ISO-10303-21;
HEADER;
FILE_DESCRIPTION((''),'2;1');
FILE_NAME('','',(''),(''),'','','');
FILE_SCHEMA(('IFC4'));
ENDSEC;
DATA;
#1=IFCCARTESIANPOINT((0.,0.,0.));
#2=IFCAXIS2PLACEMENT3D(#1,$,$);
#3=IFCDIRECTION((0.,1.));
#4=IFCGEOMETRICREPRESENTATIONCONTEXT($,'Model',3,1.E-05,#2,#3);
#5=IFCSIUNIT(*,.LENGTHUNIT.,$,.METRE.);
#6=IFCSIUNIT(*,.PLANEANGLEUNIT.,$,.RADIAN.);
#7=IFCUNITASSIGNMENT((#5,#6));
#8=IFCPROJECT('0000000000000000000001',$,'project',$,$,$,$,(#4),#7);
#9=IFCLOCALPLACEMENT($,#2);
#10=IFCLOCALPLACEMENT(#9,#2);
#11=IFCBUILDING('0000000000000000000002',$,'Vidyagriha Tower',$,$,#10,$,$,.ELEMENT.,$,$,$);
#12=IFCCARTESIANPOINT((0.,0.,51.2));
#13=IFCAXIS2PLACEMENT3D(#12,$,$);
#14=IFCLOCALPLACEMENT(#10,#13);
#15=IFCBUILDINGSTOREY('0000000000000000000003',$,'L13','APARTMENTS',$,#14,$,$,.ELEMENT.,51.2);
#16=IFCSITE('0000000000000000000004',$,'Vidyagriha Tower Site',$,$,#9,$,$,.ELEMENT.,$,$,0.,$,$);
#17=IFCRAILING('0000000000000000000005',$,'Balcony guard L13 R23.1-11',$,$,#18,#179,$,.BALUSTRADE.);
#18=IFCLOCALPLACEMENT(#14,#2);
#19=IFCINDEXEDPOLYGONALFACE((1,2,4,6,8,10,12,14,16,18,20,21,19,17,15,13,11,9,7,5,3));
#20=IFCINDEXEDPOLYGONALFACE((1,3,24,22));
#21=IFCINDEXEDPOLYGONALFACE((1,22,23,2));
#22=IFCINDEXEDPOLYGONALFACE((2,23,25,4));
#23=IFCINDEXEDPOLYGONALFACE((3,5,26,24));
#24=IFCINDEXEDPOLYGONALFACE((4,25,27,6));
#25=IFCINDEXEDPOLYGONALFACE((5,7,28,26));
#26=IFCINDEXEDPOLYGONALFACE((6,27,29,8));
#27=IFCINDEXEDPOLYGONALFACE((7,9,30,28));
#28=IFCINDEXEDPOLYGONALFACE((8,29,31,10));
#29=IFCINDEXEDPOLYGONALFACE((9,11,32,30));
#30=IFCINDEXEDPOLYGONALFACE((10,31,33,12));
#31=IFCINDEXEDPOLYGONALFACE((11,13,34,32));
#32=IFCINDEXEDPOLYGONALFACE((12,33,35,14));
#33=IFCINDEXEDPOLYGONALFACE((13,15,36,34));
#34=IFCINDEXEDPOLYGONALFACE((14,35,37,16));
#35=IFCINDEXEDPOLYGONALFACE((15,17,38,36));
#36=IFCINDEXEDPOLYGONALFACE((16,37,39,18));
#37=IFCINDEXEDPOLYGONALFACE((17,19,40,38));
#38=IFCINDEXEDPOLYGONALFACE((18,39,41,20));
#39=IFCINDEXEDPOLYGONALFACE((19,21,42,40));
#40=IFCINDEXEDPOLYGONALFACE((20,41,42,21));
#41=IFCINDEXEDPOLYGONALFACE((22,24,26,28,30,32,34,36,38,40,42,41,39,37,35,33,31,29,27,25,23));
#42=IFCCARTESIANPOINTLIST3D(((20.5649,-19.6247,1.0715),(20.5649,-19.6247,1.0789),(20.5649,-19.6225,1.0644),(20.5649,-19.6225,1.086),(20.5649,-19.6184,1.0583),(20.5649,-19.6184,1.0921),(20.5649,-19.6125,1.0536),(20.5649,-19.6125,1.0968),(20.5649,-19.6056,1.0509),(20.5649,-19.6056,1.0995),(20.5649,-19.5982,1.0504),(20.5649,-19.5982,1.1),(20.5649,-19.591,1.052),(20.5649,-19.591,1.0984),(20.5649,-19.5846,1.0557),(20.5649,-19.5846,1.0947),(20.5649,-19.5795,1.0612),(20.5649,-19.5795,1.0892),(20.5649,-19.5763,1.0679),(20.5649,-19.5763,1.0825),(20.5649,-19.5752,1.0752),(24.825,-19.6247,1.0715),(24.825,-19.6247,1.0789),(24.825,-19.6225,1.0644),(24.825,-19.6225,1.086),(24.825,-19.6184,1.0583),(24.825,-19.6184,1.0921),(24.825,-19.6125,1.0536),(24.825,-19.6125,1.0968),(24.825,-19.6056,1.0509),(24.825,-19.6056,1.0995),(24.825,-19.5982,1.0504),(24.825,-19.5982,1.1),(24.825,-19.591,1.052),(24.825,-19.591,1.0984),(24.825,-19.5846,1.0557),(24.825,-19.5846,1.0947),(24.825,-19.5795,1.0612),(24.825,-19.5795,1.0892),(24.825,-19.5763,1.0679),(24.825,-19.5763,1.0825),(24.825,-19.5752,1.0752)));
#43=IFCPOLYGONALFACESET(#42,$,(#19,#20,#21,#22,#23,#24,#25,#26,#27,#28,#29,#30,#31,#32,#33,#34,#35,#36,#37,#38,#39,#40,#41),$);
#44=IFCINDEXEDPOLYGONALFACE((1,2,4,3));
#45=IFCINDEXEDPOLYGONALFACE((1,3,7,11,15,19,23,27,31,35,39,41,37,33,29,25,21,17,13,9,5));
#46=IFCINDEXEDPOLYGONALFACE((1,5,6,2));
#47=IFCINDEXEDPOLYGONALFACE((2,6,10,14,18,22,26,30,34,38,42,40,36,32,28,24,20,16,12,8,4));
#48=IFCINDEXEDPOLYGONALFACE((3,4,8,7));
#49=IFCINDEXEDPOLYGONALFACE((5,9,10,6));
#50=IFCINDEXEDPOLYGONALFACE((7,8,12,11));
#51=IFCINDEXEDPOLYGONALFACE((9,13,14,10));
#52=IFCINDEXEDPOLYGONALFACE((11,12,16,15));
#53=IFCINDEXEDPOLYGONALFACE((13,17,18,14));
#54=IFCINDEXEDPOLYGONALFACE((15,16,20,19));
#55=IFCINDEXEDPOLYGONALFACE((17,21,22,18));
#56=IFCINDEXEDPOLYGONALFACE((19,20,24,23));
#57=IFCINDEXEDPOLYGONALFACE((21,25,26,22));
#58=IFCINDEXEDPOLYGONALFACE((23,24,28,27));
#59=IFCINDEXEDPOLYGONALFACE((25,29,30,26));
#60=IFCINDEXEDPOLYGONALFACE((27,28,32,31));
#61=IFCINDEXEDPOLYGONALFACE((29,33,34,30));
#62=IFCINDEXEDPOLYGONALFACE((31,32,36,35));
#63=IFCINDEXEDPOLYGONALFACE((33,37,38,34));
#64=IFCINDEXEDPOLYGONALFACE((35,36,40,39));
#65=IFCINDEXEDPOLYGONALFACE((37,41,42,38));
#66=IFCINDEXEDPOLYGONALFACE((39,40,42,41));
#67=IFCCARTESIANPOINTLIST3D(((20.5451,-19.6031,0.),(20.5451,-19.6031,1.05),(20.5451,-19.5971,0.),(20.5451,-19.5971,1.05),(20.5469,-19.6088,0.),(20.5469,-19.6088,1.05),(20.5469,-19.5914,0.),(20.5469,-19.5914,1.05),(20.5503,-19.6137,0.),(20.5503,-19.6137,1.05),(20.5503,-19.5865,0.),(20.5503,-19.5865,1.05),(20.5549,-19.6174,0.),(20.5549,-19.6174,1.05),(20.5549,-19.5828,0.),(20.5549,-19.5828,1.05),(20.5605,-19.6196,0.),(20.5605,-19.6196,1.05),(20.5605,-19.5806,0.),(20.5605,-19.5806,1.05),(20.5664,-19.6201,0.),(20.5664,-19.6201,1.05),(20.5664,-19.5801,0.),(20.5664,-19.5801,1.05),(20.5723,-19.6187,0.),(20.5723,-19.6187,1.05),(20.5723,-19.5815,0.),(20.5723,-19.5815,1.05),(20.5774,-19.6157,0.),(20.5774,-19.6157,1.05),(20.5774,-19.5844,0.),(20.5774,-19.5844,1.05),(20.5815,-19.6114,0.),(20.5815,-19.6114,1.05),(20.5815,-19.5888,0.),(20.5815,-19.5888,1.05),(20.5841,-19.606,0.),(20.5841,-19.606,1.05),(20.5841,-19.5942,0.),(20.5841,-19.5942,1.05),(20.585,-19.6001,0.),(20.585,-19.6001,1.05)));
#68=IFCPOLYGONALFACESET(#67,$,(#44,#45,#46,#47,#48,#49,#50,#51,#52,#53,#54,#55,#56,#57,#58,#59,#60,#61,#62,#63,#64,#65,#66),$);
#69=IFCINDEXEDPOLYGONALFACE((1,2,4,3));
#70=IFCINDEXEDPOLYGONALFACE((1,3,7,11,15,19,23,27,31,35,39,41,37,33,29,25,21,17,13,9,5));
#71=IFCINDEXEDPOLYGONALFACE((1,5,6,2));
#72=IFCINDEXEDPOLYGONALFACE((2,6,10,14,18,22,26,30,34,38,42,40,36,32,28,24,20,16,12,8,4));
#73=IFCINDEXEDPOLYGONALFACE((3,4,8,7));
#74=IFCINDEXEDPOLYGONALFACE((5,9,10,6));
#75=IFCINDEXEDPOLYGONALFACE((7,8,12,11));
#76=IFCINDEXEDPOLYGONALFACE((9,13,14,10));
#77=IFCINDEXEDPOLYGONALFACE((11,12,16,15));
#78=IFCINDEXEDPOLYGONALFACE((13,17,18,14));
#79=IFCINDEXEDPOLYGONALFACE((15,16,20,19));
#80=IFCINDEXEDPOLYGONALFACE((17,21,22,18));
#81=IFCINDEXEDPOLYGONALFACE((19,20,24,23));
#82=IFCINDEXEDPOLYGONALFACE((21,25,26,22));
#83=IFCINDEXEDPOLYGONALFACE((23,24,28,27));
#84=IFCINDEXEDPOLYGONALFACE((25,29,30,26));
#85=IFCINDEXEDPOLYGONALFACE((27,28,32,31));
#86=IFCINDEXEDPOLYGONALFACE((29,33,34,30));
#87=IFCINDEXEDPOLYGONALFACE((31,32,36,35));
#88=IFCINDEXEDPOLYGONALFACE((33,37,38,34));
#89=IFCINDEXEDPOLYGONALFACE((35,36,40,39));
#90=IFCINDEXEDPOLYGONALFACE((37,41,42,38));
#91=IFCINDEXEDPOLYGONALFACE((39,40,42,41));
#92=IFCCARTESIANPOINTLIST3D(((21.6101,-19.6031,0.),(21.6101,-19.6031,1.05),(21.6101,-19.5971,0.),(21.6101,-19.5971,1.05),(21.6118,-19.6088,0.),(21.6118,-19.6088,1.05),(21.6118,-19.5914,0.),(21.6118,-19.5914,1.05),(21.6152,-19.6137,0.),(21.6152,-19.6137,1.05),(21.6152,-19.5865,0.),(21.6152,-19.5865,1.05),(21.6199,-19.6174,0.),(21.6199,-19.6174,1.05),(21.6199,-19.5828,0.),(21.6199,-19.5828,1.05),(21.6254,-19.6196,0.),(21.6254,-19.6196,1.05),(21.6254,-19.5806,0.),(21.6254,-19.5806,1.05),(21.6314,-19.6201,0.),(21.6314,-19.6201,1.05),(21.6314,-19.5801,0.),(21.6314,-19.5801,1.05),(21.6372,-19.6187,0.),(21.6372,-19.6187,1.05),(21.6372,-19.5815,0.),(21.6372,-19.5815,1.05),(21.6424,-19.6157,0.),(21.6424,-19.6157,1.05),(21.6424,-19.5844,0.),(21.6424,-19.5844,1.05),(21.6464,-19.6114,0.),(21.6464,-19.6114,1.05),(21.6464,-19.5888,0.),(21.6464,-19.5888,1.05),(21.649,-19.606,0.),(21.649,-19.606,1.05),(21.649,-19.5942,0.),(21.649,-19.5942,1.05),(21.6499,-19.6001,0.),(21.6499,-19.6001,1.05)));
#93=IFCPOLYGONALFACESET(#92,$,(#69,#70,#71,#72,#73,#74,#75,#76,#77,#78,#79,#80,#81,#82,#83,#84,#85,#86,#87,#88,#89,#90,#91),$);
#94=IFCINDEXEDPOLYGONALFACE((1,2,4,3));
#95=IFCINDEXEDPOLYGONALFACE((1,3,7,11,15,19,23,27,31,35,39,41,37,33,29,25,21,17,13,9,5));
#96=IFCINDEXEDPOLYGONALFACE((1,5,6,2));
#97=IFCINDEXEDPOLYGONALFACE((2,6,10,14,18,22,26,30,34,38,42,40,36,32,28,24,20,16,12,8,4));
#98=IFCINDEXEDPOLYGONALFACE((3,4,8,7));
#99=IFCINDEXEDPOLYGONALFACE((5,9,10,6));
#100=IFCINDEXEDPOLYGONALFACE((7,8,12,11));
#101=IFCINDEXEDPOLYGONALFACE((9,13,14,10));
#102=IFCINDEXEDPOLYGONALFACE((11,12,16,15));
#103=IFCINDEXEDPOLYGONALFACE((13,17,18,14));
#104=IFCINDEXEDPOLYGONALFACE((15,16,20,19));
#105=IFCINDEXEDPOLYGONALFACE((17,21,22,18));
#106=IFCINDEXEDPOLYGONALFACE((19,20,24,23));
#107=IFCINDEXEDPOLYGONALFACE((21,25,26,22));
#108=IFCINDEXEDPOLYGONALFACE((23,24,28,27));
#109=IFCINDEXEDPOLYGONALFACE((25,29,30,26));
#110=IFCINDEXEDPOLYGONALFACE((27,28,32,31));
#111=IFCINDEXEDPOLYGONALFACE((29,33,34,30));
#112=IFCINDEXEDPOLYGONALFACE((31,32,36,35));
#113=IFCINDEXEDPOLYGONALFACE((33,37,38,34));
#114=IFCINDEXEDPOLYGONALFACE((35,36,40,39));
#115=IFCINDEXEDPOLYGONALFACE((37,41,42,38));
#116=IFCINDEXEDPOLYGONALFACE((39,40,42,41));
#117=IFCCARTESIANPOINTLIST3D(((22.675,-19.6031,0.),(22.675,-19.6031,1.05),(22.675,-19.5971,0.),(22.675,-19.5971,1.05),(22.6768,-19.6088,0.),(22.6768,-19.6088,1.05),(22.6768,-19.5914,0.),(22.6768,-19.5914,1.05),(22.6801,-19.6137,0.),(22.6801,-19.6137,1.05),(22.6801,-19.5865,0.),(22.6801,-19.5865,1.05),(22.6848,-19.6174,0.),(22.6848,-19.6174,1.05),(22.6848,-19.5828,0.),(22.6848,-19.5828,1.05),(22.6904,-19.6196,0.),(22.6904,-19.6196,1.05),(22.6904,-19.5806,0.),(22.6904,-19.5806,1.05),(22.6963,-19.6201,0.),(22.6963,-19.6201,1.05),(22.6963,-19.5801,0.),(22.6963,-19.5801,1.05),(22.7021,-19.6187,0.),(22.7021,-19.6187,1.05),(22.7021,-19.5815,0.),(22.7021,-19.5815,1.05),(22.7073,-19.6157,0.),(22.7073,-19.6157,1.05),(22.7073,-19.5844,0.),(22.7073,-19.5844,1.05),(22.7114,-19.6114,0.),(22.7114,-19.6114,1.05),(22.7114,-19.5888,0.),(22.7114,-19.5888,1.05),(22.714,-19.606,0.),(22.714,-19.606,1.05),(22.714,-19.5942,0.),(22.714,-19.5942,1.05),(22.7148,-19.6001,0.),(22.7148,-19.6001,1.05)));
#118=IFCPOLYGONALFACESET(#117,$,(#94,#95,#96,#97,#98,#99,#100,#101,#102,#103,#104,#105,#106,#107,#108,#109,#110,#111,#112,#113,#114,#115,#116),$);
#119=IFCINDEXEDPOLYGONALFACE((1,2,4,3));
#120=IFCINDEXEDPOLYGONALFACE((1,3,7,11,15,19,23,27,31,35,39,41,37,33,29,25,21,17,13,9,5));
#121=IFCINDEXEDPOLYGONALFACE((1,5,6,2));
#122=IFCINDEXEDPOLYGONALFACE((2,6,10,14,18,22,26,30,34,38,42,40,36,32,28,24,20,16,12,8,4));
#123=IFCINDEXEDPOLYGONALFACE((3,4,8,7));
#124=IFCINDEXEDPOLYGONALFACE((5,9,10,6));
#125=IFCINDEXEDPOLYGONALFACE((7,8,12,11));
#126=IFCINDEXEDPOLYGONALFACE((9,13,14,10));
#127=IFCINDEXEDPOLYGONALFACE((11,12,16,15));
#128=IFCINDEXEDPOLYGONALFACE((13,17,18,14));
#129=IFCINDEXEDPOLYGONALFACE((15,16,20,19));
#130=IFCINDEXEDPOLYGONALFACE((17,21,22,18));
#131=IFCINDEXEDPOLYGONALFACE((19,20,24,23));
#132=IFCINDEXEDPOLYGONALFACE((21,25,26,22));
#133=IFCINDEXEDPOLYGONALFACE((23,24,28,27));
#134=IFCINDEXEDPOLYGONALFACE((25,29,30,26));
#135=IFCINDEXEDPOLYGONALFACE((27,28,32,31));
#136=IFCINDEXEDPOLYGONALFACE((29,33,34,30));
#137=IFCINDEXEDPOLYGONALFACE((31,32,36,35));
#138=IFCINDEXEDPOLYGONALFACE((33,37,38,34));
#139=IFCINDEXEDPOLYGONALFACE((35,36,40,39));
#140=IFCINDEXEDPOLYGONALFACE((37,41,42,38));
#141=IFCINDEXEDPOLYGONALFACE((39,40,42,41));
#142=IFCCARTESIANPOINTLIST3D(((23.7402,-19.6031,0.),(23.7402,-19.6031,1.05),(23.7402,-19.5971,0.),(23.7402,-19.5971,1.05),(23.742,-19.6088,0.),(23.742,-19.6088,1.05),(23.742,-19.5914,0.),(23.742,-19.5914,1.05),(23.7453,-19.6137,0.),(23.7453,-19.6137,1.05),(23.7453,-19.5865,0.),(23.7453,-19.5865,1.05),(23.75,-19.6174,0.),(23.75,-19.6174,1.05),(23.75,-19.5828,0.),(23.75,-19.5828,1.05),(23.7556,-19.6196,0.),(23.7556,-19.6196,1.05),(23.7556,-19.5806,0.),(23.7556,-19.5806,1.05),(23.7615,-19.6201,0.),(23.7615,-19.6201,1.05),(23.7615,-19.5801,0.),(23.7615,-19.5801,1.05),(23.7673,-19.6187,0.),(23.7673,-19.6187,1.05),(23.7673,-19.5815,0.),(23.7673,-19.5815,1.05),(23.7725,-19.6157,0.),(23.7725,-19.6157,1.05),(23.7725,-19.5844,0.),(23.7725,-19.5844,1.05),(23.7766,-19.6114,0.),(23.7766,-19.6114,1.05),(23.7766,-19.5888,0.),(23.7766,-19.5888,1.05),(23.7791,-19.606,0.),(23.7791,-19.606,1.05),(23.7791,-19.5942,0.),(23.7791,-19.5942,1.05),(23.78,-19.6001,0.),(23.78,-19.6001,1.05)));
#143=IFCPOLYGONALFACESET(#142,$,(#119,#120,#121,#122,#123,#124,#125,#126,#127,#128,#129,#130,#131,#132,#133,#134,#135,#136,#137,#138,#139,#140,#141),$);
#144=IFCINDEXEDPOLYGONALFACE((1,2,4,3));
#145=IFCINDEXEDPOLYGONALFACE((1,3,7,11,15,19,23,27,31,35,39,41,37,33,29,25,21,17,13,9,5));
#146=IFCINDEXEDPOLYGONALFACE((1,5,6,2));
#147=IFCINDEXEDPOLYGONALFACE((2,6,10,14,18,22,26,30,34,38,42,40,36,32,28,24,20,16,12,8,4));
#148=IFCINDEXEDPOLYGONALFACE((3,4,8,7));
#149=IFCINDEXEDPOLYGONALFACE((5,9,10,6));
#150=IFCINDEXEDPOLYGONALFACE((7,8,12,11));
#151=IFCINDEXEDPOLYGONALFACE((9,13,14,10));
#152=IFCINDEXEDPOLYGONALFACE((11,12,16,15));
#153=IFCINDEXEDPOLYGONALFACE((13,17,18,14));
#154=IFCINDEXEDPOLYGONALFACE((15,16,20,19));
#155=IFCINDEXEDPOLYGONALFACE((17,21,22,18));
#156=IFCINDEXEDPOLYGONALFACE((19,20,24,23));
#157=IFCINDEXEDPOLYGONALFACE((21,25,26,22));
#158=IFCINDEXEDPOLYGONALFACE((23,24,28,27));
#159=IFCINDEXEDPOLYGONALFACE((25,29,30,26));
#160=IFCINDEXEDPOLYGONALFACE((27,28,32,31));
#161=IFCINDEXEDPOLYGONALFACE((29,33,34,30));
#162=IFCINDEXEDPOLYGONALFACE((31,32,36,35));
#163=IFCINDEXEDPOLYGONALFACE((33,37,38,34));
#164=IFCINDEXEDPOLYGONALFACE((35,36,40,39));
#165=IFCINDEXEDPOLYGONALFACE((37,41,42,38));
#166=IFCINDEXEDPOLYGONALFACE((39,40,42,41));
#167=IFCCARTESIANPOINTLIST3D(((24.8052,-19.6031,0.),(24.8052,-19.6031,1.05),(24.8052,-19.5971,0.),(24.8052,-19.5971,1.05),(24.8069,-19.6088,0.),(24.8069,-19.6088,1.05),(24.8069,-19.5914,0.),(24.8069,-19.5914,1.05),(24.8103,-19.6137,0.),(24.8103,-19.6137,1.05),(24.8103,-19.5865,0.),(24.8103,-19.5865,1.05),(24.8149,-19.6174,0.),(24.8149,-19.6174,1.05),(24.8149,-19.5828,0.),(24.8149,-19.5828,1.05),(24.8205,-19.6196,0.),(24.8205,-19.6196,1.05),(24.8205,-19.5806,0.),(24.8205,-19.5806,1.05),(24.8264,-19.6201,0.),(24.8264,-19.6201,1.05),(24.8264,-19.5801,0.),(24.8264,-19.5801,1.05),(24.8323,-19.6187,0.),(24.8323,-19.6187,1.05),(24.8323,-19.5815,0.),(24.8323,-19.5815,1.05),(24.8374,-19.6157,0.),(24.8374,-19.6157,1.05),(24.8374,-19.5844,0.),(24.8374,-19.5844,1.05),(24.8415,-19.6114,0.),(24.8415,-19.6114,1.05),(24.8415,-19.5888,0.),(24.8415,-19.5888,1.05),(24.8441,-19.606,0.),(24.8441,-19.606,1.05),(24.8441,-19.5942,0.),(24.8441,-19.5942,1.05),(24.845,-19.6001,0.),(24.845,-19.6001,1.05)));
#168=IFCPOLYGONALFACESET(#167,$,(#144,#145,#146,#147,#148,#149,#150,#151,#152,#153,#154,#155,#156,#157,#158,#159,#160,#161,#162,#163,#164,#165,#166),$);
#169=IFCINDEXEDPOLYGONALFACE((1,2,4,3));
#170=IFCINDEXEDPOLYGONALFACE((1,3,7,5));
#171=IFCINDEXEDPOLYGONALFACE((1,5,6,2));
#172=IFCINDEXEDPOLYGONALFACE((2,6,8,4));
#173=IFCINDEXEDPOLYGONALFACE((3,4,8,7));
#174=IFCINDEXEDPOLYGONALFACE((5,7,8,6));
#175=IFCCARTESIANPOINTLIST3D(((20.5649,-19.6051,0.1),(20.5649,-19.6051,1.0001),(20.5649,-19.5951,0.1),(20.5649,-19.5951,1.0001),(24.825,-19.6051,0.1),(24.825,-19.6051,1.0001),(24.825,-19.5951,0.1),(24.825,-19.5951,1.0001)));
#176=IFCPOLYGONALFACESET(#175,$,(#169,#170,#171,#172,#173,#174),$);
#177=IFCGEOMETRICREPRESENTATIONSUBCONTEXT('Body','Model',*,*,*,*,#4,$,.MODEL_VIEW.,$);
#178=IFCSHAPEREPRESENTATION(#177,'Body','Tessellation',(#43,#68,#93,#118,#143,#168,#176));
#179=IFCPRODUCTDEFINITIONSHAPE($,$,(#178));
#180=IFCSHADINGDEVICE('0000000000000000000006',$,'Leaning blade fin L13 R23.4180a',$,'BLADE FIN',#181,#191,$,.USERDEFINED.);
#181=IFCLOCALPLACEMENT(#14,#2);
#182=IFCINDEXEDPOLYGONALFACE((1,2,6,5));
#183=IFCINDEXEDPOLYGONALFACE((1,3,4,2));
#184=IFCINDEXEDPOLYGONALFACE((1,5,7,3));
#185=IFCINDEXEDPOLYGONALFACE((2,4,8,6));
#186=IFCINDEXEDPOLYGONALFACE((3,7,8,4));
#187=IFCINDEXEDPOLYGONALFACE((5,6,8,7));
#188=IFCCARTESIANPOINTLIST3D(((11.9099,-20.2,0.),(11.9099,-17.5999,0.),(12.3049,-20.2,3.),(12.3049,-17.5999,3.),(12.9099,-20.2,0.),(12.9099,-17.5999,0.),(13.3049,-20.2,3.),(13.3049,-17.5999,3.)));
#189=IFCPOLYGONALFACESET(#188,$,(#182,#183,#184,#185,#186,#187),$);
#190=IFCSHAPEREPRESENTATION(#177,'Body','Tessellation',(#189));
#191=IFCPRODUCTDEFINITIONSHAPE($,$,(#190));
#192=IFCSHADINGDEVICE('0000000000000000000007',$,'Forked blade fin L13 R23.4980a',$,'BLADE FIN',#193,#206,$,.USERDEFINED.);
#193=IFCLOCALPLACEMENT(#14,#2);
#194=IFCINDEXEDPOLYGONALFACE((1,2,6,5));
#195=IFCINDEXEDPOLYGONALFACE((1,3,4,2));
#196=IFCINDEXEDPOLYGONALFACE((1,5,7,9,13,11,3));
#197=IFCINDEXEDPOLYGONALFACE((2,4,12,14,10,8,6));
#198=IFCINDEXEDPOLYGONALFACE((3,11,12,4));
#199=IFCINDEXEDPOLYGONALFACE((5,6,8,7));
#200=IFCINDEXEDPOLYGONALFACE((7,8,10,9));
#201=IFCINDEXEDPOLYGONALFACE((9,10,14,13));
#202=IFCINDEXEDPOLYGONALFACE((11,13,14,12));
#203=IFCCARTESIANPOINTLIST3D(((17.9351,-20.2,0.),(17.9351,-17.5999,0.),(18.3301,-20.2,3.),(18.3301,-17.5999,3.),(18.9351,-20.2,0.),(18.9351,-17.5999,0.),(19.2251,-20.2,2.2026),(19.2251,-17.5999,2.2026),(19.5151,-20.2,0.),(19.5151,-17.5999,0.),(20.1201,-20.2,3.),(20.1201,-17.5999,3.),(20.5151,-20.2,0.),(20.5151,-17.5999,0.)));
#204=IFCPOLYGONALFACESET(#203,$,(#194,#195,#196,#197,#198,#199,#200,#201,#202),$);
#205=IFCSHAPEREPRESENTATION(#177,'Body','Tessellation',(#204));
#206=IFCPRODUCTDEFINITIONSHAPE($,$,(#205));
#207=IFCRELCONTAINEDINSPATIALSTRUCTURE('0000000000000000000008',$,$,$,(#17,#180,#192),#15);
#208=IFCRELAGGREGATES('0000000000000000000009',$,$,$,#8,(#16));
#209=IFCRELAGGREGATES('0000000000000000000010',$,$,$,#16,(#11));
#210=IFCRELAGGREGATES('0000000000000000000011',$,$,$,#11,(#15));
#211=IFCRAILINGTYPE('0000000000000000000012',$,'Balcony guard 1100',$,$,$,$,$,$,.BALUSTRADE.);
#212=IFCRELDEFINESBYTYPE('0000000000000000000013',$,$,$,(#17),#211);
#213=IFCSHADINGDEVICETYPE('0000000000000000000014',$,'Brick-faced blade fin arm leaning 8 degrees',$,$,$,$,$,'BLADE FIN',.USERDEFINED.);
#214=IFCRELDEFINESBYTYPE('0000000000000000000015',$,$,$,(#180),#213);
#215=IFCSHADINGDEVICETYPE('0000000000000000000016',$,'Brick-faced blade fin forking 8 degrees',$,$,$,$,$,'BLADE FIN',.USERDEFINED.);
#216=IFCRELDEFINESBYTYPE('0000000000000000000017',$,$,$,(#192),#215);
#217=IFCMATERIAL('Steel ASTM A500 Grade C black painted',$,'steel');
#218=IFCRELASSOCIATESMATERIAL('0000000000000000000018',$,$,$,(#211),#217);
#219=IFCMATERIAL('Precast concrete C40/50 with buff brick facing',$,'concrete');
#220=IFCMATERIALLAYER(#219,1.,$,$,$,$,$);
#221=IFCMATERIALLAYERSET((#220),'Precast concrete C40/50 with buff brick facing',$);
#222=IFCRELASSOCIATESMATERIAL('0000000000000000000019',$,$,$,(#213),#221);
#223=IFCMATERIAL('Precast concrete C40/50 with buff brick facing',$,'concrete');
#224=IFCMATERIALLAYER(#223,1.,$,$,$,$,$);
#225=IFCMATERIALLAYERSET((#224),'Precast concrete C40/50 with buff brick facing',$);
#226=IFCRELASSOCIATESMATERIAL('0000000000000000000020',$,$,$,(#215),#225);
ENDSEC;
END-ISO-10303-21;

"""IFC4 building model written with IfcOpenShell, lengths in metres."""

from ifc_helpers import new_model, si_unit, direction, frame, origin, origin_2d, place, context, subcontext, project, spatial, polyline, rectangle, circle, outline, extrude, material, layer, layer_set, type_object, element, save


model = new_model("IFC4")

# Units and contexts
model_context = context("Model", 3, precision=1e-05, world=origin(), true_north=direction((0.0, 1.0)))
body_context = subcontext(model_context, "Body", "Model", "MODEL_VIEW")
ifc_project = project(units=[si_unit("LENGTHUNIT", "METRE"), si_unit("PLANEANGLEUNIT", "RADIAN")], contexts=[model_context])

# Site, building, storey
site_placement = place(None, origin())
site = spatial("IfcSite", under=ifc_project, at=site_placement, Name="Vidyagriha Tower Site", CompositionType="ELEMENT", RefElevation=0.0)
building_placement = place(site_placement, origin())
building = spatial("IfcBuilding", under=site, at=building_placement, Name="Vidyagriha Tower", CompositionType="ELEMENT")
storey_placement = place(building_placement, frame((0.0, 0.0, 51.2)))
storey = spatial("IfcBuildingStorey", under=building, at=storey_placement, Name="L13", Description="APARTMENTS", CompositionType="ELEMENT", Elevation=51.2)

# Railing
ifc_material_1 = material(Name="Steel ASTM A500 Grade C black painted", Category="steel")
railing_type = type_object("IfcRailingType", Name="Balcony guard 1100", PredefinedType="BALUSTRADE", material=ifc_material_1)
railing_1_placement = place(storey_placement, frame((20.5649, -19.6001, 0.0)))
element("IfcRailing", 1, at=railing_1_placement, inside=storey, type_object=railing_type, Name="Balcony guard L13 R23.1-11", PredefinedType="BALUSTRADE", context=body_context, shape_type="SweptSolid", body=[
    extrude(circle(Radius=0.0249, at=origin_2d()), frame((0.0, 0.0, 1.0752), z_axis=(1.0, 0.0, 0.0), x_axis=(0.0, 1.0, 0.0)), (0.0, 0.0, 1.0), 4.26),
    extrude(circle(Radius=0.02, at=origin_2d()), origin(), (0.0, 0.0, 1.0), 1.05),
    extrude(circle(Radius=0.02, at=origin_2d()), frame((1.0649, 0.0, 0.0)), (0.0, 0.0, 1.0), 1.05),
    extrude(circle(Radius=0.02, at=origin_2d()), frame((2.1299, 0.0, 0.0)), (0.0, 0.0, 1.0), 1.05),
    extrude(circle(Radius=0.02, at=origin_2d()), frame((3.1951, 0.0, 0.0)), (0.0, 0.0, 1.0), 1.05),
    extrude(circle(Radius=0.02, at=origin_2d()), frame((4.26, 0.0, 0.0)), (0.0, 0.0, 1.0), 1.05),
    extrude(rectangle(XDim=0.01, YDim=0.9001, at=origin_2d()), frame((0.0, 0.0, 0.55), z_axis=(1.0, 0.0, 0.0), x_axis=(0.0, 1.0, 0.0)), (0.0, 0.0, 1.0), 4.26),
])

# Shading devices
ifc_material_2 = material(Name="Precast concrete C40/50 with buff brick facing", Category="concrete")
ifc_layer_1 = layer(ifc_material_2, 1.0)
ifc_layer_set_1 = layer_set([ifc_layer_1], Name="Precast concrete C40/50 with buff brick facing")
shading_device_type_1 = type_object("IfcShadingDeviceType", Name="Brick-faced blade fin arm leaning 8 degrees", ElementType="BLADE FIN", PredefinedType="USERDEFINED", material=ifc_layer_set_1)
shading_device_1_placement = place(storey_placement, frame((11.9099, -18.8999, 0.0)))
element("IfcShadingDevice", 2, at=shading_device_1_placement, inside=storey, type_object=shading_device_type_1, Name="Leaning blade fin L13 R23.4180a", ObjectType="BLADE FIN", PredefinedType="USERDEFINED", context=body_context, shape_type="SweptSolid", body=[
    extrude(outline(polyline([(0.0, 0.0), (1.0, 0.0), (1.395, 3.0), (0.395, 3.0), (0.0, 0.0)])), frame((0.0, 1.3, 0.0), z_axis=(0.0, -1.0, 0.0), x_axis=(1.0, 0.0, 0.0)), (0.0, 0.0, 1.0), 2.6001),
])
ifc_material_3 = material(Name="Precast concrete C40/50 with buff brick facing", Category="concrete")
ifc_layer_2 = layer(ifc_material_3, 1.0)
ifc_layer_set_2 = layer_set([ifc_layer_2], Name="Precast concrete C40/50 with buff brick facing")
shading_device_type_2 = type_object("IfcShadingDeviceType", Name="Brick-faced blade fin forking 8 degrees", ElementType="BLADE FIN", PredefinedType="USERDEFINED", material=ifc_layer_set_2)
shading_device_2_placement = place(storey_placement, frame((17.9351, -18.8999, 0.0)))
element("IfcShadingDevice", 3, at=shading_device_2_placement, inside=storey, type_object=shading_device_type_2, Name="Forked blade fin L13 R23.4980a", ObjectType="BLADE FIN", PredefinedType="USERDEFINED", context=body_context, shape_type="SweptSolid", body=[
    extrude(outline(polyline([(1.0, 0.0), (1.29, 2.2026), (1.5801, 0.0), (2.5801, 0.0), (2.1851, 3.0), (0.395, 3.0), (0.0, 0.0), (1.0, 0.0)])), frame((0.0, 1.3, 0.0), z_axis=(0.0, -1.0, 0.0), x_axis=(1.0, 0.0, 0.0)), (0.0, 0.0, 1.0), 2.6001),
])

save(model, "model.ifc")
